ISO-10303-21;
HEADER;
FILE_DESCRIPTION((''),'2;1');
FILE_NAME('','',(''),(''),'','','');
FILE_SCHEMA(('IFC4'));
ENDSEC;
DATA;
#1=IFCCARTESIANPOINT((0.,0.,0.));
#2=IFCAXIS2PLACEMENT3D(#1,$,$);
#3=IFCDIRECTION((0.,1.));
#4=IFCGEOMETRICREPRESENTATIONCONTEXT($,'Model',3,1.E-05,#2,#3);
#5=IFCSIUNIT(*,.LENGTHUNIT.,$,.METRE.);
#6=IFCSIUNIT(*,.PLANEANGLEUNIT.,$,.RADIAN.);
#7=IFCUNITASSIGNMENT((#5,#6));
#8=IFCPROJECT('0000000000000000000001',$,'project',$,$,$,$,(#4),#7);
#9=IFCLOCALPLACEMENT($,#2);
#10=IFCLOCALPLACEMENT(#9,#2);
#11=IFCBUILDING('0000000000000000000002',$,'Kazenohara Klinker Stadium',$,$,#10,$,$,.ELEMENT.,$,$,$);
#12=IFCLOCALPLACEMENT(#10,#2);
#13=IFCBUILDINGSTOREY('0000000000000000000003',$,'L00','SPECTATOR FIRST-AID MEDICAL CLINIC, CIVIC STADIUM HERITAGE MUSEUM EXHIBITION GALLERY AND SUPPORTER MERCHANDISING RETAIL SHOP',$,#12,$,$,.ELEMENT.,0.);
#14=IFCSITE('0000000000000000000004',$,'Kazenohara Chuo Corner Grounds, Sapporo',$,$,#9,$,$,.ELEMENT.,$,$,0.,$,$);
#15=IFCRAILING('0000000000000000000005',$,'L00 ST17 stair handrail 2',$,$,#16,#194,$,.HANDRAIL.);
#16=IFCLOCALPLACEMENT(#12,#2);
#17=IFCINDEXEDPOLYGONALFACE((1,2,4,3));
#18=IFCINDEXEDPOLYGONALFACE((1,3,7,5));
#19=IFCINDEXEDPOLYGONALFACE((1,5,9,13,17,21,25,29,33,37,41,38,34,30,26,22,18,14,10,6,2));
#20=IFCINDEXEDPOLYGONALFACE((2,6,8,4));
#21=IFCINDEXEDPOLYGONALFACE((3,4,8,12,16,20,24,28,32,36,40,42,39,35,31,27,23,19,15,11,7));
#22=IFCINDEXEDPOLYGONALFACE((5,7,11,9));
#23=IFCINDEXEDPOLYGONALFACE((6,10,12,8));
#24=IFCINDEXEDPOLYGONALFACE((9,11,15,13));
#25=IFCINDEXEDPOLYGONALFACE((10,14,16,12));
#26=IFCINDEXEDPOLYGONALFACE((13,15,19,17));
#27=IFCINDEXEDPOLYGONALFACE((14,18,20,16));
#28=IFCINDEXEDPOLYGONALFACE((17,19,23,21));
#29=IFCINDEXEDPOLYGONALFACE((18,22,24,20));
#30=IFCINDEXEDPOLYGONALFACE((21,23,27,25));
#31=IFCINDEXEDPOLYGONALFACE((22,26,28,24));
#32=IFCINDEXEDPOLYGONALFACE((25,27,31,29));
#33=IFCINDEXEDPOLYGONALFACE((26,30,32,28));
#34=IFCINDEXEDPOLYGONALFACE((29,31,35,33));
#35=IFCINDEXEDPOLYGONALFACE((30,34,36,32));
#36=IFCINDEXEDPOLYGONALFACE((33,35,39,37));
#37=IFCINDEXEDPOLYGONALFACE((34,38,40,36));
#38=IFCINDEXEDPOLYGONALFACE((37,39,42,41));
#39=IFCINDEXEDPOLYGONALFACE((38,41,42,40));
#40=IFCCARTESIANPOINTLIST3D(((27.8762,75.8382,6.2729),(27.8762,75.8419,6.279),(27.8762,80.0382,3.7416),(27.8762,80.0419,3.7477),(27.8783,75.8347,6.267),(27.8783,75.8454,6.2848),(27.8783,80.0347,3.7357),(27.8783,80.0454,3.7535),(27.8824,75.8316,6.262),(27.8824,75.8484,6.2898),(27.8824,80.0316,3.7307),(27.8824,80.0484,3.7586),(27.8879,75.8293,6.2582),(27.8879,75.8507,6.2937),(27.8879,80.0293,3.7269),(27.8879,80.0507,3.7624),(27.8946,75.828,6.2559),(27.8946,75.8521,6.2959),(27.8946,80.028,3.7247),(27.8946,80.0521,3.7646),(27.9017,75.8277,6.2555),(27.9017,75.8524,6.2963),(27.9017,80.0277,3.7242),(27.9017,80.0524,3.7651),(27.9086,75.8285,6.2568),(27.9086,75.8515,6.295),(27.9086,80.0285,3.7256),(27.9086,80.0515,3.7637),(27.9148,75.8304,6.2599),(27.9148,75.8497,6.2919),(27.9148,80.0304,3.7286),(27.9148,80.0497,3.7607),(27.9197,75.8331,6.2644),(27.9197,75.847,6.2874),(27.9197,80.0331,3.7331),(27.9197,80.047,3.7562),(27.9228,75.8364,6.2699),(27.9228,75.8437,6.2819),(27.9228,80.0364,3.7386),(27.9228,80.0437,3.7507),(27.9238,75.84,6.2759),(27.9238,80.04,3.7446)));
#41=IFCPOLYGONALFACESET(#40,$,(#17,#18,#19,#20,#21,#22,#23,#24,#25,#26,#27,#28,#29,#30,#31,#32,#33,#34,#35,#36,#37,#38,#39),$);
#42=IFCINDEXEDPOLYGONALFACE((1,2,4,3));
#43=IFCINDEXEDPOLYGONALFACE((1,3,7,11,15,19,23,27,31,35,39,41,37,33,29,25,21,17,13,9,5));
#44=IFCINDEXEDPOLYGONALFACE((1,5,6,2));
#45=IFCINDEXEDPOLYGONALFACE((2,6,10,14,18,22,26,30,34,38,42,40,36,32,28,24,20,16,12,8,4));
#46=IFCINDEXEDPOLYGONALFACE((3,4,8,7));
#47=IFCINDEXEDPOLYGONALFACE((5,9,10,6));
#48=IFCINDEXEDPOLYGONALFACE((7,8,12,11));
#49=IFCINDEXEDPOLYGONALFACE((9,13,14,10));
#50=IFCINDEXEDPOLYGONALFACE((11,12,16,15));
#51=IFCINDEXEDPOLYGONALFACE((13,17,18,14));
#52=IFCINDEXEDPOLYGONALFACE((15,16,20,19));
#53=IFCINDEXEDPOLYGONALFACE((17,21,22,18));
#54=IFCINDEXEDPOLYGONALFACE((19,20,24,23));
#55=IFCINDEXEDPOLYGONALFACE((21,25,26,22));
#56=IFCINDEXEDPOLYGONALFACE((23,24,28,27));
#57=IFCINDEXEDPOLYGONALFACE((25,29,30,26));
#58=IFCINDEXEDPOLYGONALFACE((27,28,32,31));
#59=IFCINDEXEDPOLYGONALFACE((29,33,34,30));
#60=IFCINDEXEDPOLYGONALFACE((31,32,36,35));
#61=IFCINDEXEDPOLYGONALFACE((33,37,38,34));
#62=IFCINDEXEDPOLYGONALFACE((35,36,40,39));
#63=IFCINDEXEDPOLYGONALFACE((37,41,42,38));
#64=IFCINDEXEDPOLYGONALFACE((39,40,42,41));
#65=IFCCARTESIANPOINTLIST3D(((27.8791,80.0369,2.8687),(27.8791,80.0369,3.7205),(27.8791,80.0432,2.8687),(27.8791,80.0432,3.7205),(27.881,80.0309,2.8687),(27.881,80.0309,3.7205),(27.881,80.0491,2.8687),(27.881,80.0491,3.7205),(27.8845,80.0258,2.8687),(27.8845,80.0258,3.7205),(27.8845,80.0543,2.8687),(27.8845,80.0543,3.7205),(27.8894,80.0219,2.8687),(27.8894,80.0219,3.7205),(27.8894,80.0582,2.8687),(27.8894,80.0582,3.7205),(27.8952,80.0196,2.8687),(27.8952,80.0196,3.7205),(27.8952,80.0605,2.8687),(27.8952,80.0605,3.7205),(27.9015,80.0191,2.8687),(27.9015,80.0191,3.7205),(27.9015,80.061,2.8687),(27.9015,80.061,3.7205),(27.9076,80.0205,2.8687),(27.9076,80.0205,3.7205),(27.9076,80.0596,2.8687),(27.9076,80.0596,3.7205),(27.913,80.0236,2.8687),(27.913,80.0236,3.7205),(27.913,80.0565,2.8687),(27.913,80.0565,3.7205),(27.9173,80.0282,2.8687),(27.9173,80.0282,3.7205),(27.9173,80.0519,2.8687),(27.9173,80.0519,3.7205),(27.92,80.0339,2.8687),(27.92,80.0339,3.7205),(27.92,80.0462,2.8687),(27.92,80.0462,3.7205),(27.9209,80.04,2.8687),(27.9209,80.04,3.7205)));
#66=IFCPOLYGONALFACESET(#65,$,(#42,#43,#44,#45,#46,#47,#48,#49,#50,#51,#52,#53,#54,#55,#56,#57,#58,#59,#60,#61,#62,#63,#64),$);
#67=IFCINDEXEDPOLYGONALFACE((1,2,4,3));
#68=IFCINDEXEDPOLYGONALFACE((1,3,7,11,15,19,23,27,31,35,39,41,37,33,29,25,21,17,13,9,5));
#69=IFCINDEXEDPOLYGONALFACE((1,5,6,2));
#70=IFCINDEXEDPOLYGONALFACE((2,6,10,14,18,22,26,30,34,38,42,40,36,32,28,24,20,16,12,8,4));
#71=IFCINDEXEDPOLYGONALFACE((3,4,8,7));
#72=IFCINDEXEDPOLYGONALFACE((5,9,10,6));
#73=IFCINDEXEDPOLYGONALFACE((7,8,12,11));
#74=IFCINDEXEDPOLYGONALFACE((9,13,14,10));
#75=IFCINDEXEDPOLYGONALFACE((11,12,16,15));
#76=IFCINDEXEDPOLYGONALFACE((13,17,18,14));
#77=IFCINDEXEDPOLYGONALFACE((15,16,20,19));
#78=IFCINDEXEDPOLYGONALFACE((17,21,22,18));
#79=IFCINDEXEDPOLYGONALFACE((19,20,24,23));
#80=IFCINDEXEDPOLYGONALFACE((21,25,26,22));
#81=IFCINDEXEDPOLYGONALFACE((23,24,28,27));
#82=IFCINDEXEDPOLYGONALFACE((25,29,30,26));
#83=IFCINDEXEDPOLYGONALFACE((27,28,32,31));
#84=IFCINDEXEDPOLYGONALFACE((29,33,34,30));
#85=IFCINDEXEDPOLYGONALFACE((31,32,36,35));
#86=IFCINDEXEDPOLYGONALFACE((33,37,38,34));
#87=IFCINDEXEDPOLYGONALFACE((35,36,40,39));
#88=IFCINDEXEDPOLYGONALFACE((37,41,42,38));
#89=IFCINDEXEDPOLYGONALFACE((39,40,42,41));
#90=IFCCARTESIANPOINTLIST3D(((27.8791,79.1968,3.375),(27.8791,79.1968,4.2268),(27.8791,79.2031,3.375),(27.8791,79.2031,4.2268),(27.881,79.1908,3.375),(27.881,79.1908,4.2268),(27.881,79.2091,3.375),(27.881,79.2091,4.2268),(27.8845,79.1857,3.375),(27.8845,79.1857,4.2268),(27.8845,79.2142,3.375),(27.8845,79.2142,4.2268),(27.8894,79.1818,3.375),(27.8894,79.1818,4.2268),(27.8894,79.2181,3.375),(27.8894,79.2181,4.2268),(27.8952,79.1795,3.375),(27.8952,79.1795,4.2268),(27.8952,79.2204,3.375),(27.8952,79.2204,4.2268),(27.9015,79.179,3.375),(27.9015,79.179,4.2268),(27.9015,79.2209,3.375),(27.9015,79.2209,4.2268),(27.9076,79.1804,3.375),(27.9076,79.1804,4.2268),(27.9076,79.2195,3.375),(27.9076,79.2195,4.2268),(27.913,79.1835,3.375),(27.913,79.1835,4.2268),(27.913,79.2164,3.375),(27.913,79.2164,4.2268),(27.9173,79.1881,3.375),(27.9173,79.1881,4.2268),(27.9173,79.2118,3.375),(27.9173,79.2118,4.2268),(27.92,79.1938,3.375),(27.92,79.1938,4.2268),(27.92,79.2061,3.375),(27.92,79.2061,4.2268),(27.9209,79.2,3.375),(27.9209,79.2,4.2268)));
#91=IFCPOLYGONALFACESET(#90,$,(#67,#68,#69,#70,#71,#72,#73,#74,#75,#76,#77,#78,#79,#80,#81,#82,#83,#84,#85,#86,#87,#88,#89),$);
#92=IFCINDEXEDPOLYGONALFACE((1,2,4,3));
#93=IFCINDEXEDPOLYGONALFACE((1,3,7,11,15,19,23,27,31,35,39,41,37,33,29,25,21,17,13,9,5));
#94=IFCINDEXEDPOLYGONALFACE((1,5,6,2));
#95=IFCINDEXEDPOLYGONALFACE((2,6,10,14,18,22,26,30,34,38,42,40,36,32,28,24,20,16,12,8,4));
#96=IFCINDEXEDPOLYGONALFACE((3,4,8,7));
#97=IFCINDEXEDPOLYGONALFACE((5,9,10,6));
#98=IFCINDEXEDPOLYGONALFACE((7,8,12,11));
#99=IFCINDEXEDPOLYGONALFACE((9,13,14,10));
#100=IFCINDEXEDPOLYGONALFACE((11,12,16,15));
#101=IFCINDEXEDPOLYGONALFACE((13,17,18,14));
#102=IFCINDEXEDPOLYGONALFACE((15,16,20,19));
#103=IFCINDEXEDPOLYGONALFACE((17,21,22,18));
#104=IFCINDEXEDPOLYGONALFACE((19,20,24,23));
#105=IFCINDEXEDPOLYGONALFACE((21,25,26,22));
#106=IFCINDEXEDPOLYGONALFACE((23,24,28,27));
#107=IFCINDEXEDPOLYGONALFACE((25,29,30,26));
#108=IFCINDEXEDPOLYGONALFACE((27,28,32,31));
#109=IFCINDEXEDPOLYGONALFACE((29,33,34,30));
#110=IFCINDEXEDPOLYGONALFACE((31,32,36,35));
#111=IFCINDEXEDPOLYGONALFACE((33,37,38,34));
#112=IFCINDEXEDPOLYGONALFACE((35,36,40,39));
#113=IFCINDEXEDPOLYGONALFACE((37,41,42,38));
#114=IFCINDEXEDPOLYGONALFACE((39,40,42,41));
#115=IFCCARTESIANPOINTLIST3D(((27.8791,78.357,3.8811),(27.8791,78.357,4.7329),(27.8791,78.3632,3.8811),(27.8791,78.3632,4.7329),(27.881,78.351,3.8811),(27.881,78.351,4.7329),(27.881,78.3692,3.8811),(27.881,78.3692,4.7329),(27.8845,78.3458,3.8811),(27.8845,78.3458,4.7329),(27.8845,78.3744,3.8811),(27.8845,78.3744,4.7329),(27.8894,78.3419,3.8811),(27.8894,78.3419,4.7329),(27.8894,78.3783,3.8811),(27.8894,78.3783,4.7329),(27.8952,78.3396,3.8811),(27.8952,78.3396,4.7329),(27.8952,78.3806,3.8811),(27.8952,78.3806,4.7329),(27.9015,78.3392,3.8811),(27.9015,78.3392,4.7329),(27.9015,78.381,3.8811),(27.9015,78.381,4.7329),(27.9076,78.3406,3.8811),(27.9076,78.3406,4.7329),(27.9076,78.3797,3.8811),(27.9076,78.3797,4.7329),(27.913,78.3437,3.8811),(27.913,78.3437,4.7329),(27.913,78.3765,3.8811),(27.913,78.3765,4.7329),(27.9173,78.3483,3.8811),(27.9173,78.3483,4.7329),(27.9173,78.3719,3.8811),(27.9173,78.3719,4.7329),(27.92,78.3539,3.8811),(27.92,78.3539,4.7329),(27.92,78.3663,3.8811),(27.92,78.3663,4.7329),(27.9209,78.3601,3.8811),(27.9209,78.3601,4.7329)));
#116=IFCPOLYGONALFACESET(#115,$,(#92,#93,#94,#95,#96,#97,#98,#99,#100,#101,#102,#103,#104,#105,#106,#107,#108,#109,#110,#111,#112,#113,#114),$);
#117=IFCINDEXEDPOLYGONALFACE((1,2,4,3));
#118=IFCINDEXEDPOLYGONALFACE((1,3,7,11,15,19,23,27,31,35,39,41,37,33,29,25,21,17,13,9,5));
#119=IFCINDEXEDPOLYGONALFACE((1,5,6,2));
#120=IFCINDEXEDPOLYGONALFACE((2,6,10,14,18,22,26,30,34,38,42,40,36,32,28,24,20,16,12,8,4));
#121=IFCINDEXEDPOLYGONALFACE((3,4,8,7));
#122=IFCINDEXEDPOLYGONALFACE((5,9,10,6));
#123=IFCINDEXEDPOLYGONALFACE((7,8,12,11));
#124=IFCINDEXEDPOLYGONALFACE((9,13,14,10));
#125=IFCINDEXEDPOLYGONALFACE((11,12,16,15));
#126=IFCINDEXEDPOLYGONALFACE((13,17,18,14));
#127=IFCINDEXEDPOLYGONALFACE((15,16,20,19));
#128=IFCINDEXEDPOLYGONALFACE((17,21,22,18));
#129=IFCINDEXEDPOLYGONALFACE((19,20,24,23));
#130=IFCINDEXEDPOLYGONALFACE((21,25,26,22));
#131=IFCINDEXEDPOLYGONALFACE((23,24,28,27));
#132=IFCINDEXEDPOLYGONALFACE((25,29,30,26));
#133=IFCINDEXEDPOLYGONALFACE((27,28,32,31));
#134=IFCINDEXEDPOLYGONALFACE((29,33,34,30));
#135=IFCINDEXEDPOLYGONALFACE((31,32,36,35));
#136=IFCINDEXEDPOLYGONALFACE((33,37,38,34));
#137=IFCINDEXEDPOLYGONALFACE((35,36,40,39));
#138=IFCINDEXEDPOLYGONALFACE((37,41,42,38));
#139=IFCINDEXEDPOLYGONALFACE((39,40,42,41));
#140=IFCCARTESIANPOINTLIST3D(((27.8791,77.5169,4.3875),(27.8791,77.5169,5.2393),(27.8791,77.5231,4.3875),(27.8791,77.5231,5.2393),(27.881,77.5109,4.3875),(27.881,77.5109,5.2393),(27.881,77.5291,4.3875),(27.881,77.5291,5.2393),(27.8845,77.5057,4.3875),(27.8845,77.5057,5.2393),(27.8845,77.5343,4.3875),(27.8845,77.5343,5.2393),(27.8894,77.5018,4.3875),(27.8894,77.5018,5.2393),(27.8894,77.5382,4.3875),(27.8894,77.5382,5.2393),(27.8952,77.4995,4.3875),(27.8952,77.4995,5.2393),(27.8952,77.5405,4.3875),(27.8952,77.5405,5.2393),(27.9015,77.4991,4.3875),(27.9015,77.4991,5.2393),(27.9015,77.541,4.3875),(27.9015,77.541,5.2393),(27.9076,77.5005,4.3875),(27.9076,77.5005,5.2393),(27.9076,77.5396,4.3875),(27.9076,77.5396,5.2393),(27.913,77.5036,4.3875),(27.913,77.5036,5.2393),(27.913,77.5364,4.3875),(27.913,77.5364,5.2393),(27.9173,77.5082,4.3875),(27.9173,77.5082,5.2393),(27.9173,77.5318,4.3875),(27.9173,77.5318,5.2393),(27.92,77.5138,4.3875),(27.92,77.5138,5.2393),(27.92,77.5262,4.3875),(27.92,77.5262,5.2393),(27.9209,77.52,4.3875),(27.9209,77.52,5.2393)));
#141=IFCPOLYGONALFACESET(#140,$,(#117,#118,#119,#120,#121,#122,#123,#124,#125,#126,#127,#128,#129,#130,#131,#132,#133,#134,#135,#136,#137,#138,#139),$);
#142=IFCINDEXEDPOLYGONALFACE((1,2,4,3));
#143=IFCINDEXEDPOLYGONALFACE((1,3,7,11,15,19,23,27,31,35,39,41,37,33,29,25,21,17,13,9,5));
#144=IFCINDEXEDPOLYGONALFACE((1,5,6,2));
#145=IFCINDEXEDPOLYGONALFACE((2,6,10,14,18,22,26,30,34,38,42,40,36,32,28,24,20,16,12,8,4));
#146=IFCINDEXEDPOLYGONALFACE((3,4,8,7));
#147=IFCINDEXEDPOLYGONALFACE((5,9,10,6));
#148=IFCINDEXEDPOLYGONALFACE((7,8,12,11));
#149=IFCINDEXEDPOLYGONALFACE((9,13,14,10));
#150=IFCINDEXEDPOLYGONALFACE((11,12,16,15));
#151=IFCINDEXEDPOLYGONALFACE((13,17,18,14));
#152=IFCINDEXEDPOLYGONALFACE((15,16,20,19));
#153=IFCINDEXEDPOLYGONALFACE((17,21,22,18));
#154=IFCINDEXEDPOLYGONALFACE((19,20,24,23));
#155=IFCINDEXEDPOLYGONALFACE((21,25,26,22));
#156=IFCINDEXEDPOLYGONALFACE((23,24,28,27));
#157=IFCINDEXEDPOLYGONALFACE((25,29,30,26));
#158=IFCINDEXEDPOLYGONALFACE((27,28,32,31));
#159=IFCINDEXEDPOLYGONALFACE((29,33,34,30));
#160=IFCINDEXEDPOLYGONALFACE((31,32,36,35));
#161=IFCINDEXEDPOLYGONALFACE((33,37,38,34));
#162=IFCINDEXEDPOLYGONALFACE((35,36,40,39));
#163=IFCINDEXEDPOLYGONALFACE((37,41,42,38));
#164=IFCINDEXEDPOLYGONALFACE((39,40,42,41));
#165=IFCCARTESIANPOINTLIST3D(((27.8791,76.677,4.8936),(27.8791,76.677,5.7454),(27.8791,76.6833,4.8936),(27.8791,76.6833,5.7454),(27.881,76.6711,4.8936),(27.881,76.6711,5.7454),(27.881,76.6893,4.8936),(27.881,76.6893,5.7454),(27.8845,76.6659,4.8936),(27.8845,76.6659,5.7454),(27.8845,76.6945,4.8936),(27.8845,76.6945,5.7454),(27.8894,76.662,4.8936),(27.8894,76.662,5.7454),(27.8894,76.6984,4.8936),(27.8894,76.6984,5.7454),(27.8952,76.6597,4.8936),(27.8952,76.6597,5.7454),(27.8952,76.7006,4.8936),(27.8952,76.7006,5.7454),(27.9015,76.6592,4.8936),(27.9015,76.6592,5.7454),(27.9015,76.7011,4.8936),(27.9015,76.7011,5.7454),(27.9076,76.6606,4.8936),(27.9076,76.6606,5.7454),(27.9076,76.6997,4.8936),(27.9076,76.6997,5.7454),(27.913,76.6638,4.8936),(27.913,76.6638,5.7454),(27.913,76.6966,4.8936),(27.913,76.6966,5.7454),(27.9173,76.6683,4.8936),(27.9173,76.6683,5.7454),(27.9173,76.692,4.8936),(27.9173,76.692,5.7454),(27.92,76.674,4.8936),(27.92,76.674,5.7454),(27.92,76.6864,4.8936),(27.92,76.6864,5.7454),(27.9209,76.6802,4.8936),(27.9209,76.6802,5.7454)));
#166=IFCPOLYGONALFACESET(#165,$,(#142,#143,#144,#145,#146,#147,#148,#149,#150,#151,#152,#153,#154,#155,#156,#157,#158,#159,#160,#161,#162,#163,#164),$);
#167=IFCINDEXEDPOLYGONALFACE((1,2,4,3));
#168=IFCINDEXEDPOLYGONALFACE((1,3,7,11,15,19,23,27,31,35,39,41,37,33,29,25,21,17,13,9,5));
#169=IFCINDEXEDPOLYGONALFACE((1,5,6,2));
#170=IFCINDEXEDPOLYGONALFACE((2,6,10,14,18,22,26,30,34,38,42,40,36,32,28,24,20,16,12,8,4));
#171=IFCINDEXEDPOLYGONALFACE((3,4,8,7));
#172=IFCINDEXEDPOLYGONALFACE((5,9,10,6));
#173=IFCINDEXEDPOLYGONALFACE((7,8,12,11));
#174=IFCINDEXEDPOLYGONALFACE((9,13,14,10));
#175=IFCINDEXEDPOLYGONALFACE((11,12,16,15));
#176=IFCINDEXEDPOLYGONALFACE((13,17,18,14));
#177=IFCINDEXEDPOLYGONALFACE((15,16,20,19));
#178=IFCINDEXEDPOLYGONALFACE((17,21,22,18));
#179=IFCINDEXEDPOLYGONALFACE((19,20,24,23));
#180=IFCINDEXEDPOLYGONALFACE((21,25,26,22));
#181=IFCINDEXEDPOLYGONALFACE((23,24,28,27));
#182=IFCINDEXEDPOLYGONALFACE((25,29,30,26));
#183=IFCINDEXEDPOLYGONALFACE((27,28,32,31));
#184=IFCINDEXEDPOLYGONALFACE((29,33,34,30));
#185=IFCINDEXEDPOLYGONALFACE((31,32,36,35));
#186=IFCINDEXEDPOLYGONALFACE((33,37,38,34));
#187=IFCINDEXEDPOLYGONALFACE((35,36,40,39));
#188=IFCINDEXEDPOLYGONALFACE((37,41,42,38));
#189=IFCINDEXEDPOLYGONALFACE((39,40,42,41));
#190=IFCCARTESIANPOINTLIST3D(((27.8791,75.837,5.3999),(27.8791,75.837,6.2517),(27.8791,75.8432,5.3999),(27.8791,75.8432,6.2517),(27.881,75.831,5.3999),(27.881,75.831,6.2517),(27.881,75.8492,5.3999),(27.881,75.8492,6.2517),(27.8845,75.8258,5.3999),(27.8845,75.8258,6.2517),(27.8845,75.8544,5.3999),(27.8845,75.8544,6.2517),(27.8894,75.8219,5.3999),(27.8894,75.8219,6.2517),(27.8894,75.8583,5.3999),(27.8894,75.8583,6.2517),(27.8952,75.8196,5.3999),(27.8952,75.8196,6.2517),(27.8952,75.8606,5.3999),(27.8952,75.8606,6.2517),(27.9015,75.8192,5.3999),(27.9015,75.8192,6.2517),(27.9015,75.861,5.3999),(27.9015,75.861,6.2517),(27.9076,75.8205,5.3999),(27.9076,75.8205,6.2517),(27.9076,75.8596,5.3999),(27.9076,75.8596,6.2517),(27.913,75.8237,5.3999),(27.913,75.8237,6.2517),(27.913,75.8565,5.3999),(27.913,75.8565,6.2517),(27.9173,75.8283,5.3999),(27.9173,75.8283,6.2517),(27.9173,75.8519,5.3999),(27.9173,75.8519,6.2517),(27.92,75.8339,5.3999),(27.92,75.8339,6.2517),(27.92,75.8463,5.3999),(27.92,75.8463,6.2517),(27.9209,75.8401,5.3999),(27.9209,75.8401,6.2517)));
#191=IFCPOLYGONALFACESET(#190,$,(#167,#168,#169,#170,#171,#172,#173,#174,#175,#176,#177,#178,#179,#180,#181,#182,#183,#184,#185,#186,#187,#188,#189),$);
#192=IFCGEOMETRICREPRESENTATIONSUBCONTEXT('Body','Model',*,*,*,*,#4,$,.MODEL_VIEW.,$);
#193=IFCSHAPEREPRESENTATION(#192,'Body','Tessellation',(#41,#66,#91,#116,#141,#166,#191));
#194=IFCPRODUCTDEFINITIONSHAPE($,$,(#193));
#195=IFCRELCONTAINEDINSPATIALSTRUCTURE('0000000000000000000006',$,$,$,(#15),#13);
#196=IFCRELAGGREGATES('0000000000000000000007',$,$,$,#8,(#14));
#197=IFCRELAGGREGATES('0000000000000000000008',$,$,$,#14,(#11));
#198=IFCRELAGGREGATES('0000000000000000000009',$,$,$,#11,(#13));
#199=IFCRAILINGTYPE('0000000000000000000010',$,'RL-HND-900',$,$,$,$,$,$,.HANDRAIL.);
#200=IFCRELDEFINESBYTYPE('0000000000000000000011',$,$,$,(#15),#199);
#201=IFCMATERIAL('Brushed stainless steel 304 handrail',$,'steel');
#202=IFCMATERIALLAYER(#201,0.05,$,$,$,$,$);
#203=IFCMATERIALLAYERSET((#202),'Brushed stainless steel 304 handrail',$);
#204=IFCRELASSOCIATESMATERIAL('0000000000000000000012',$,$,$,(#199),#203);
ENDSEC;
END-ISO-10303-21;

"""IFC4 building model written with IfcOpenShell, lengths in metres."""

from ifc_helpers import new_model, si_unit, direction, frame, origin, origin_2d, place, context, subcontext, project, spatial, circle, extrude, material, layer, layer_set, type_object, element, save


model = new_model("IFC4")

# Units and contexts
model_context = context("Model", 3, precision=1e-05, world=origin(), true_north=direction((0.0, 1.0)))
body_context = subcontext(model_context, "Body", "Model", "MODEL_VIEW")
ifc_project = project(units=[si_unit("LENGTHUNIT", "METRE"), si_unit("PLANEANGLEUNIT", "RADIAN")], contexts=[model_context])

# Site, building, storey
site_placement = place(None, origin())
site = spatial("IfcSite", under=ifc_project, at=site_placement, Name="Kazenohara Chuo Corner Grounds, Sapporo", CompositionType="ELEMENT", RefElevation=0.0)
building_placement = place(site_placement, origin())
building = spatial("IfcBuilding", under=site, at=building_placement, Name="Kazenohara Klinker Stadium", CompositionType="ELEMENT")
storey_placement = place(building_placement, origin())
storey = spatial("IfcBuildingStorey", under=building, at=storey_placement, Name="L00", Description="SPECTATOR FIRST-AID MEDICAL CLINIC, CIVIC STADIUM HERITAGE MUSEUM EXHIBITION GALLERY AND SUPPORTER MERCHANDISING RETAIL SHOP", CompositionType="ELEMENT", Elevation=0.0)

# Railing
ifc_material_1 = material(Name="Brushed stainless steel 304 handrail", Category="steel")
ifc_layer_1 = layer(ifc_material_1, 0.05)
ifc_layer_set_1 = layer_set([ifc_layer_1], Name="Brushed stainless steel 304 handrail")
railing_type_1 = type_object("IfcRailingType", Name="RL-HND-900", PredefinedType="HANDRAIL", material=ifc_layer_set_1)
railing_1_placement = place(storey_placement, frame((27.8999, 80.04, 2.8687)))
element("IfcRailing", 1, at=railing_1_placement, inside=storey, type_object=railing_type_1, Name="L00 ST17 stair handrail 2", PredefinedType="HANDRAIL", context=body_context, shape_type="SweptSolid", body=[
    extrude(circle(Radius=0.0239, at=origin_2d()), frame((0.0, 0.0, 0.876), z_axis=(0.0, -0.856476, 0.516186), x_axis=(1.0, 0.0, 0.0)), (0.0, 0.0, 1.0), 4.9038),
    extrude(circle(Radius=0.021, at=origin_2d()), origin(), (0.0, 0.0, 1.0), 0.8518),
    extrude(circle(Radius=0.021, at=origin_2d()), frame((0.0, -0.8401, 0.5063)), (0.0, 0.0, 1.0), 0.8518),
    extrude(circle(Radius=0.021, at=origin_2d()), frame((0.0, -1.6799, 1.0125)), (0.0, 0.0, 1.0), 0.8518),
    extrude(circle(Radius=0.021, at=origin_2d()), frame((0.0, -2.52, 1.5188)), (0.0, 0.0, 1.0), 0.8518),
    extrude(circle(Radius=0.021, at=origin_2d()), frame((0.0, -3.3599, 2.0249)), (0.0, 0.0, 1.0), 0.8518),
    extrude(circle(Radius=0.021, at=origin_2d()), frame((0.0, -4.2, 2.5312)), (0.0, 0.0, 1.0), 0.8518),
])

save(model, "model.ifc")
